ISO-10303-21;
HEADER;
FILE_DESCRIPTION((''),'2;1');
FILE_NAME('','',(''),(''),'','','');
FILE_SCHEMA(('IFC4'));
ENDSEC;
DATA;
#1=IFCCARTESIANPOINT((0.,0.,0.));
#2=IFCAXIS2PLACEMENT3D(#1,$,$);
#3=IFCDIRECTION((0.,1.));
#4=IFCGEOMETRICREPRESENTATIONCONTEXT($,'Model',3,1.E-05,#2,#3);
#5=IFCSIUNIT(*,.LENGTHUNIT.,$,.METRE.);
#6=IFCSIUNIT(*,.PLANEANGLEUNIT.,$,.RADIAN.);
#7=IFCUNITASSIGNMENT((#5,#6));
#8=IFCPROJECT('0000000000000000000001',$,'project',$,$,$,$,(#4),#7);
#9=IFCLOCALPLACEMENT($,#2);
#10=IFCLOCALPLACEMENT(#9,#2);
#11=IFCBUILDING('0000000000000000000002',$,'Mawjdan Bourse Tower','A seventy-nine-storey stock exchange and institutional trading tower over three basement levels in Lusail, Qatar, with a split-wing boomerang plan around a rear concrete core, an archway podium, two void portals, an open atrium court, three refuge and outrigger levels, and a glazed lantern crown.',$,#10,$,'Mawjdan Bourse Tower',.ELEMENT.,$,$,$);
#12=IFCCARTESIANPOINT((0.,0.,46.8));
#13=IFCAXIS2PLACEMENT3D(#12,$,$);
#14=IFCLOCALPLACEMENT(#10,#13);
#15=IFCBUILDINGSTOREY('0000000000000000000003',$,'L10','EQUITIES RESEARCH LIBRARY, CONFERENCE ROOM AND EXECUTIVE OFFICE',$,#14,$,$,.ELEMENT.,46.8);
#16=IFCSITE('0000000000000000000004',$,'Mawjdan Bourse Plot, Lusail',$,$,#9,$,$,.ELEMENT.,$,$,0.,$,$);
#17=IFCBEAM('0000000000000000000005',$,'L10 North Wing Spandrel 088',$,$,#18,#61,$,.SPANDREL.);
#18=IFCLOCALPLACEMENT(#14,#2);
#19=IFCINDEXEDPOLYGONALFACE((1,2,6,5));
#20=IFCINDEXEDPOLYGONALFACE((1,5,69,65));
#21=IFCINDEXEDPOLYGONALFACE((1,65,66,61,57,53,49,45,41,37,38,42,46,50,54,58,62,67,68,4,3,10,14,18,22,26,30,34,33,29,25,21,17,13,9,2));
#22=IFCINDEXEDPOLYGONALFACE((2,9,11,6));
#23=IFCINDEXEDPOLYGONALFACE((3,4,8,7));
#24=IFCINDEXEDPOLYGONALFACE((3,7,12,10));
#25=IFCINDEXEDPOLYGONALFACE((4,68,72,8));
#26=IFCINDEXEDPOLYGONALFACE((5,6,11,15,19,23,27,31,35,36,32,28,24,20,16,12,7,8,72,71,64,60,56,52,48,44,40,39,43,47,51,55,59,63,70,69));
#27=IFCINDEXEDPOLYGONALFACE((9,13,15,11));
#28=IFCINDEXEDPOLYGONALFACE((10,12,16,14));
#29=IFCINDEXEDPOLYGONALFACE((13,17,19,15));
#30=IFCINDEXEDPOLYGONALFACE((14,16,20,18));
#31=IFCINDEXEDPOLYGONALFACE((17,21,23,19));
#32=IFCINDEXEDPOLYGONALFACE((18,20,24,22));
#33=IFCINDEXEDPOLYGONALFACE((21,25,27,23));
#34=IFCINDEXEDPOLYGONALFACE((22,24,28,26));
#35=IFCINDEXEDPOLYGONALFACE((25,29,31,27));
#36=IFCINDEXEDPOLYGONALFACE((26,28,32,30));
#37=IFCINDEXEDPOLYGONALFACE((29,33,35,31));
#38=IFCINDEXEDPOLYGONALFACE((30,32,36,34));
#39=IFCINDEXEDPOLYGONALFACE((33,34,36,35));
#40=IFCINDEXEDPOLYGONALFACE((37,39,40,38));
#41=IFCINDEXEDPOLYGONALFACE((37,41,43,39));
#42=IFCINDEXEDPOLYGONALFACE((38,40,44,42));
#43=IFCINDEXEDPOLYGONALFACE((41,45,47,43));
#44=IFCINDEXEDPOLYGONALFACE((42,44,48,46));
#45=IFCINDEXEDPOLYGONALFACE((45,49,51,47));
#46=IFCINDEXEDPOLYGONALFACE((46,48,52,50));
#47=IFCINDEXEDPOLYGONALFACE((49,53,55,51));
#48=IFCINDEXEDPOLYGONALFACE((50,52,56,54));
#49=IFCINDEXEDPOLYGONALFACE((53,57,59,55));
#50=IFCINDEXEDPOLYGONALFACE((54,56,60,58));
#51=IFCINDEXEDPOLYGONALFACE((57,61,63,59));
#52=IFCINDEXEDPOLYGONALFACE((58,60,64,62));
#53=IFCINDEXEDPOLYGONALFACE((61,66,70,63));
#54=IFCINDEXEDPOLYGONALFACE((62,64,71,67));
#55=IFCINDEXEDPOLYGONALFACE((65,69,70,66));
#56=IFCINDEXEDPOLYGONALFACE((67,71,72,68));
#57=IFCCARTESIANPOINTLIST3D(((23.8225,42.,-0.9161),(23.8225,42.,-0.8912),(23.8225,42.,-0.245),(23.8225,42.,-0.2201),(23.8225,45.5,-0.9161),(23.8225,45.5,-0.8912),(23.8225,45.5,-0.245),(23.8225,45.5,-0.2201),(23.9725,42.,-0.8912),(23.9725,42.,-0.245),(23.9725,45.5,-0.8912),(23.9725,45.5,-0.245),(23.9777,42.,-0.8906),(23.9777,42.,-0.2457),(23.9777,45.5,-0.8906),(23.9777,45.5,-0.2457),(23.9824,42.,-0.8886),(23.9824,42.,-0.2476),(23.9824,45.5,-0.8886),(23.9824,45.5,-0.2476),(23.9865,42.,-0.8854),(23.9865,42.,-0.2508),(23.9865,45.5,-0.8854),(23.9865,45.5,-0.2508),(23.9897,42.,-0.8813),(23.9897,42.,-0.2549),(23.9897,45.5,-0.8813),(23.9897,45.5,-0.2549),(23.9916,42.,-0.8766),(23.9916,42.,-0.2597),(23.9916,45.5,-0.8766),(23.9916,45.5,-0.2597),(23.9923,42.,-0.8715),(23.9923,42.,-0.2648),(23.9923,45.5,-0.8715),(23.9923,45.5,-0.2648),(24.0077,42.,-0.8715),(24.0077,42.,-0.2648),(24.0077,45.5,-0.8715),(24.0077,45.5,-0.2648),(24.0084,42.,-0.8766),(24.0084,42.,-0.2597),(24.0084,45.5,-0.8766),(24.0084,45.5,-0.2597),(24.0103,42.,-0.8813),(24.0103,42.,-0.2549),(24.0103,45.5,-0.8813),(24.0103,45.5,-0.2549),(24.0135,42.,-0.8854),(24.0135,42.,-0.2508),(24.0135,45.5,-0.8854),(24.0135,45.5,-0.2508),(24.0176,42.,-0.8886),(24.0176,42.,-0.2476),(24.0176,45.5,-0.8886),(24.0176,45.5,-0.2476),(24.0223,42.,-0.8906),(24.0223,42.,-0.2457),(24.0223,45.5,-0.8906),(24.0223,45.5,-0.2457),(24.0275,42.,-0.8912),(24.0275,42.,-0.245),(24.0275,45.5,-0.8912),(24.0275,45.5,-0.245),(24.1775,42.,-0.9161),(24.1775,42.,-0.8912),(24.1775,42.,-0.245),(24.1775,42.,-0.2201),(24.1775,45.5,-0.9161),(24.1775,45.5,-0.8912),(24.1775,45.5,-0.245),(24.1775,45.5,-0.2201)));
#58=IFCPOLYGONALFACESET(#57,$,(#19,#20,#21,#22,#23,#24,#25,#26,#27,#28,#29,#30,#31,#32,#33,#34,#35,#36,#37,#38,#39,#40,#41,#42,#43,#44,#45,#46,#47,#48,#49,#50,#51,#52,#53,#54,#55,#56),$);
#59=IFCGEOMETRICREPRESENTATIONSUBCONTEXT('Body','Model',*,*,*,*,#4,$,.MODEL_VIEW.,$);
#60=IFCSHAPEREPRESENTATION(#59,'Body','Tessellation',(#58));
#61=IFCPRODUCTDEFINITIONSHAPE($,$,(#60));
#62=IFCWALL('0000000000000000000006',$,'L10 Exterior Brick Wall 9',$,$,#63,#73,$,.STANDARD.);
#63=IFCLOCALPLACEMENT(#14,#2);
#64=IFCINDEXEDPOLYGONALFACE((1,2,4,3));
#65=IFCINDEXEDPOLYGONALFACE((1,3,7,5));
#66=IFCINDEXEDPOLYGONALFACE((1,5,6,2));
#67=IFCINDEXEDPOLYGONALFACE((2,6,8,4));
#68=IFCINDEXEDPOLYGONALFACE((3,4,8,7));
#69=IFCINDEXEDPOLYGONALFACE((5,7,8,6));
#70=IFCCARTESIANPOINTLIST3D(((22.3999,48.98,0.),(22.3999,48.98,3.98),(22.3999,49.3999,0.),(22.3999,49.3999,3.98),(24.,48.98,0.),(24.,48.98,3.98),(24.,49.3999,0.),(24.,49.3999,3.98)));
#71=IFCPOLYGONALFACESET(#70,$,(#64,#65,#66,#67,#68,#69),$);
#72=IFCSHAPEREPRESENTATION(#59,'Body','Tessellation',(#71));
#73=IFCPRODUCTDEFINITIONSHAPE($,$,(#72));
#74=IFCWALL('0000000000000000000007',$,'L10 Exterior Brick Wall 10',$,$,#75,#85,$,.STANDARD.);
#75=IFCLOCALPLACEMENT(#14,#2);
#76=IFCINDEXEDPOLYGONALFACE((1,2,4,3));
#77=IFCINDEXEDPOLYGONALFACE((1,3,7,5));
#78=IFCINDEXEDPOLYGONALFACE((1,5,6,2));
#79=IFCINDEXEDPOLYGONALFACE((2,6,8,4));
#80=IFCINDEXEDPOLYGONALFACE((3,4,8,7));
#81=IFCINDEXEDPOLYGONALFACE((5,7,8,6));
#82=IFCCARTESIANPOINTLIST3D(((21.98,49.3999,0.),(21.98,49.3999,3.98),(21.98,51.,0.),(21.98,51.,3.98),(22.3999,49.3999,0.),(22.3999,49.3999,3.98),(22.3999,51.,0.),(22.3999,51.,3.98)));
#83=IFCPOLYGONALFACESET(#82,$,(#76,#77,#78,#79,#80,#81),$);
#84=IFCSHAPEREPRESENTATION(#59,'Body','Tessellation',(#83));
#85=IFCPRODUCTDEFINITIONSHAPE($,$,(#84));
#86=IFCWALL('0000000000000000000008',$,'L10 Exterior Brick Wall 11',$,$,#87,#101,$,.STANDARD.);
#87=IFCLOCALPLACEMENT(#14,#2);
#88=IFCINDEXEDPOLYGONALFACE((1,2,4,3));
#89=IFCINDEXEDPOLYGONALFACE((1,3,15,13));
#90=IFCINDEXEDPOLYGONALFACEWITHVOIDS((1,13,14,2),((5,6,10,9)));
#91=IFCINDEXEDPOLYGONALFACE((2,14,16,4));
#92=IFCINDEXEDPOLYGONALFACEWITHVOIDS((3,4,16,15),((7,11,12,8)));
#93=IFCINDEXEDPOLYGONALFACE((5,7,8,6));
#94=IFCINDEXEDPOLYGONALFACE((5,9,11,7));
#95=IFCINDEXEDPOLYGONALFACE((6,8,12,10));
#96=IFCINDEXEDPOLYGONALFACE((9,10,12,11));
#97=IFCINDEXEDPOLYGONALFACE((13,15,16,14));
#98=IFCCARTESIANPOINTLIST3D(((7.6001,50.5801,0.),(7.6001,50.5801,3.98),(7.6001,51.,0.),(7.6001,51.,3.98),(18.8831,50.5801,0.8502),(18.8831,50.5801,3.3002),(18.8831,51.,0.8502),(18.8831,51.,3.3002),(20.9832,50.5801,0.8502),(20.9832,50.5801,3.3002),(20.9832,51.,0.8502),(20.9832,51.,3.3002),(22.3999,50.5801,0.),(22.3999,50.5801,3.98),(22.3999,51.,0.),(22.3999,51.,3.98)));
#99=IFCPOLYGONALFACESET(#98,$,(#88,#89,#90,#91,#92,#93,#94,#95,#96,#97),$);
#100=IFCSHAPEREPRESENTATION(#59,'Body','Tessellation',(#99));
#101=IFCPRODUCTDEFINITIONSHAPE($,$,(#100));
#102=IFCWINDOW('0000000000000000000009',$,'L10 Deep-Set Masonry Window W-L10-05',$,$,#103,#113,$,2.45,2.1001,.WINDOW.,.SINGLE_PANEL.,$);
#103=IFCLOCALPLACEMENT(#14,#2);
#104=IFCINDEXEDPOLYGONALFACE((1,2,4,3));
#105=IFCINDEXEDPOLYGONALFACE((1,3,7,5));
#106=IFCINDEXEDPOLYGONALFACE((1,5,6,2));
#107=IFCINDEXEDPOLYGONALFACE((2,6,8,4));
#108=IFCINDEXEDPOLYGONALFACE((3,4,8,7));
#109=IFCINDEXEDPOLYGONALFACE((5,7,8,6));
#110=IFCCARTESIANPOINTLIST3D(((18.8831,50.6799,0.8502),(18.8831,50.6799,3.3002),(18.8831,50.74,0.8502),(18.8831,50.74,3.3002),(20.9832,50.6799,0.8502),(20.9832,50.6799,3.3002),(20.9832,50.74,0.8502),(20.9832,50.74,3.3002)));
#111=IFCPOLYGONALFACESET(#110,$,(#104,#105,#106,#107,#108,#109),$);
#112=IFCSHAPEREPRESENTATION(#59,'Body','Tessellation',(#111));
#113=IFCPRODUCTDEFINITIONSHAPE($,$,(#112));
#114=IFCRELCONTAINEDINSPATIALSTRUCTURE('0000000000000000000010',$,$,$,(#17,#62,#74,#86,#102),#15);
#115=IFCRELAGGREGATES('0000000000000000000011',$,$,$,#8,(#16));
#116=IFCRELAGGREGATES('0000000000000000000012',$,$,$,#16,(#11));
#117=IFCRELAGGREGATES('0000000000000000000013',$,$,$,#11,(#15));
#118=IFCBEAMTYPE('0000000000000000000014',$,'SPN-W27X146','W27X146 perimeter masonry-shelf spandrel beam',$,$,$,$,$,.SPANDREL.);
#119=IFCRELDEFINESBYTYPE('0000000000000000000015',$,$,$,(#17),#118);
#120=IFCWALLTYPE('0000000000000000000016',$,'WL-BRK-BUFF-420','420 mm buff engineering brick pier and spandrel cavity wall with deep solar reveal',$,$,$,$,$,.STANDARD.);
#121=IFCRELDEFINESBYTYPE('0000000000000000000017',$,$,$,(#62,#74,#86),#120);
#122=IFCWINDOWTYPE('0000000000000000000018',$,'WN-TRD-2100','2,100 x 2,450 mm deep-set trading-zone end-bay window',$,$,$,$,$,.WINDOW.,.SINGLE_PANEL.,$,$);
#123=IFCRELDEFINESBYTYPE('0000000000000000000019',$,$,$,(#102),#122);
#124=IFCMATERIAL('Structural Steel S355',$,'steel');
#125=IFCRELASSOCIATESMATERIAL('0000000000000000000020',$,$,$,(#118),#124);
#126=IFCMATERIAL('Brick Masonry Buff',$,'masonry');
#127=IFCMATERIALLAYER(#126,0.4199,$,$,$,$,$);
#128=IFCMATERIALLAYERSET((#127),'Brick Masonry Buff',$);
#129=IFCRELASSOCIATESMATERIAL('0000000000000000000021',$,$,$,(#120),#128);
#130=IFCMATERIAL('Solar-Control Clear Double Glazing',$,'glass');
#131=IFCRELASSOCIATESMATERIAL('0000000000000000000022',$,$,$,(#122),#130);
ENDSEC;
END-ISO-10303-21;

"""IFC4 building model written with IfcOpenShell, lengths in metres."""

from ifc_helpers import new_model, si_unit, direction, frame, frame_2d, origin, origin_2d, place, context, subcontext, project, spatial, rectangle, i_section, extrude, material, layer, layer_set, material_profile, profile_set, type_object, element, fill, save


model = new_model("IFC4")

# Units and contexts
model_context = context("Model", 3, precision=1e-05, world=origin(), true_north=direction((0.0, 1.0)))
body_context = subcontext(model_context, "Body", "Model", "MODEL_VIEW")
ifc_project = project(units=[si_unit("LENGTHUNIT", "METRE"), si_unit("PLANEANGLEUNIT", "RADIAN")], contexts=[model_context])

# Site, building, storey
site_placement = place(None, origin())
site = spatial("IfcSite", under=ifc_project, at=site_placement, Name="Mawjdan Bourse Plot, Lusail", CompositionType="ELEMENT", RefElevation=0.0)
building_placement = place(site_placement, origin())
building = spatial("IfcBuilding", under=site, at=building_placement, Name="Mawjdan Bourse Tower", Description="A seventy-nine-storey stock exchange and institutional trading tower over three basement levels in Lusail, Qatar, with a split-wing boomerang plan around a rear concrete core, an archway podium, two void portals, an open atrium court, three refuge and outrigger levels, and a glazed lantern crown.", LongName="Mawjdan Bourse Tower", CompositionType="ELEMENT")
storey_placement = place(building_placement, frame((0.0, 0.0, 46.8)))
storey = spatial("IfcBuildingStorey", under=building, at=storey_placement, Name="L10", Description="EQUITIES RESEARCH LIBRARY, CONFERENCE ROOM AND EXECUTIVE OFFICE", CompositionType="ELEMENT", Elevation=46.8)

# Beam
ifc_material_1 = material(Name="Structural Steel S355", Category="steel")
ifc_material_profile_1 = material_profile(ifc_material_1, i_section(OverallWidth=0.355, OverallDepth=0.696, WebThickness=0.0154, FlangeThickness=0.0249, FilletRadius=0.0198, at=origin_2d()), Name="W27X146")
ifc_profile_set_1 = profile_set([ifc_material_profile_1], Name="Structural Steel S355")
beam_type_1 = type_object("IfcBeamType", Name="SPN-W27X146", Description="W27X146 perimeter masonry-shelf spandrel beam", PredefinedType="SPANDREL", material=ifc_profile_set_1)
beam_1_placement = place(storey_placement, frame((24.0, 42.0, -0.5681), z_axis=(0.0, 1.0, 0.0), x_axis=(-1.0, 0.0, 0.0)))
element("IfcBeam", 1, at=beam_1_placement, inside=storey, type_object=beam_type_1, Name="L10 North Wing Spandrel 088", PredefinedType="SPANDREL", context=body_context, shape_type="SweptSolid", body=[
    extrude(i_section(OverallWidth=0.355, OverallDepth=0.696, WebThickness=0.0154, FlangeThickness=0.0249, FilletRadius=0.0198, at=origin_2d()), origin(), (0.0, 0.0, 1.0), 3.5),
])

# Walls
ifc_material_2 = material(Name="Brick Masonry Buff", Category="masonry")
ifc_layer = layer(ifc_material_2, 0.4199)
ifc_layer_set = layer_set([ifc_layer], Name="Brick Masonry Buff")
wall_type = type_object("IfcWallType", Name="WL-BRK-BUFF-420", Description="420 mm buff engineering brick pier and spandrel cavity wall with deep solar reveal", PredefinedType="STANDARD", material=ifc_layer_set)
for number, where, z_axis, x_axis, name in (
    (2, (24.0, 49.1899, 0.0), (0.0, 0.0, 1.0), (-1.0, 0.0, 0.0), "L10 Exterior Brick Wall 9"),
    (3, (22.1899, 49.3999, 0.0), (0.0, 0.0, 1.0), (0.0, 1.0, 0.0), "L10 Exterior Brick Wall 10"),
):
    element("IfcWall", number, at=place(storey_placement, frame(where, z_axis=z_axis, x_axis=x_axis)), inside=storey, type_object=wall_type, Name=name, PredefinedType="STANDARD", context=body_context, shape_type="SweptSolid", body=[
        extrude(rectangle(XDim=1.6001, YDim=0.4199, at=frame_2d((0.8, 0.0))), origin(), (0.0, 0.0, 1.0), 3.98),
    ])

# Wall, opening, window
wall_placement = place(storey_placement, frame((22.3999, 50.79, 0.0), z_axis=(0.0, 0.0, 1.0), x_axis=(-1.0, 0.0, 0.0)))
wall = element("IfcWall", 4, at=wall_placement, inside=storey, type_object=wall_type, Name="L10 Exterior Brick Wall 11", PredefinedType="STANDARD", context=body_context, shape_type="SweptSolid", body=[
    extrude(rectangle(XDim=14.7998, YDim=0.4199, at=frame_2d((7.3999, 0.0))), origin(), (0.0, 0.0, 1.0), 3.98),
])
opening_placement = place(wall_placement, frame((1.4167, 0.0, 0.8501)))
opening = element("IfcOpeningElement", 5, at=opening_placement, cuts=wall, PredefinedType="OPENING", context=body_context, shape_type="SweptSolid", body=[
    extrude(rectangle(XDim=2.1001, YDim=2.45, at=frame_2d((1.05, 1.2251))), frame((0.0, 0.22, 0.0), z_axis=(0.0, -1.0, 0.0), x_axis=(1.0, 0.0, 0.0)), (0.0, 0.0, 1.0), 0.4399),
])
ifc_material_3 = material(Name="Solar-Control Clear Double Glazing", Category="glass")
window_type = type_object("IfcWindowType", Name="WN-TRD-2100", Description="2,100 x 2,450 mm deep-set trading-zone end-bay window", PartitioningType="SINGLE_PANEL", PredefinedType="WINDOW", material=ifc_material_3)
window_placement = place(opening_placement, origin())
window = element("IfcWindow", 6, at=window_placement, inside=storey, type_object=window_type, Name="L10 Deep-Set Masonry Window W-L10-05", OverallHeight=2.45, OverallWidth=2.1001, PartitioningType="SINGLE_PANEL", PredefinedType="WINDOW", context=body_context, shape_type="SweptSolid", body=[
    extrude(rectangle(XDim=2.1001, YDim=2.45, at=frame_2d((1.05, 1.2251))), frame((0.0, 0.1101, 0.0), z_axis=(0.0, -1.0, 0.0), x_axis=(1.0, 0.0, 0.0)), (0.0, 0.0, 1.0), 0.0601),
])
fill(opening, window)

save(model, "model.ifc")
